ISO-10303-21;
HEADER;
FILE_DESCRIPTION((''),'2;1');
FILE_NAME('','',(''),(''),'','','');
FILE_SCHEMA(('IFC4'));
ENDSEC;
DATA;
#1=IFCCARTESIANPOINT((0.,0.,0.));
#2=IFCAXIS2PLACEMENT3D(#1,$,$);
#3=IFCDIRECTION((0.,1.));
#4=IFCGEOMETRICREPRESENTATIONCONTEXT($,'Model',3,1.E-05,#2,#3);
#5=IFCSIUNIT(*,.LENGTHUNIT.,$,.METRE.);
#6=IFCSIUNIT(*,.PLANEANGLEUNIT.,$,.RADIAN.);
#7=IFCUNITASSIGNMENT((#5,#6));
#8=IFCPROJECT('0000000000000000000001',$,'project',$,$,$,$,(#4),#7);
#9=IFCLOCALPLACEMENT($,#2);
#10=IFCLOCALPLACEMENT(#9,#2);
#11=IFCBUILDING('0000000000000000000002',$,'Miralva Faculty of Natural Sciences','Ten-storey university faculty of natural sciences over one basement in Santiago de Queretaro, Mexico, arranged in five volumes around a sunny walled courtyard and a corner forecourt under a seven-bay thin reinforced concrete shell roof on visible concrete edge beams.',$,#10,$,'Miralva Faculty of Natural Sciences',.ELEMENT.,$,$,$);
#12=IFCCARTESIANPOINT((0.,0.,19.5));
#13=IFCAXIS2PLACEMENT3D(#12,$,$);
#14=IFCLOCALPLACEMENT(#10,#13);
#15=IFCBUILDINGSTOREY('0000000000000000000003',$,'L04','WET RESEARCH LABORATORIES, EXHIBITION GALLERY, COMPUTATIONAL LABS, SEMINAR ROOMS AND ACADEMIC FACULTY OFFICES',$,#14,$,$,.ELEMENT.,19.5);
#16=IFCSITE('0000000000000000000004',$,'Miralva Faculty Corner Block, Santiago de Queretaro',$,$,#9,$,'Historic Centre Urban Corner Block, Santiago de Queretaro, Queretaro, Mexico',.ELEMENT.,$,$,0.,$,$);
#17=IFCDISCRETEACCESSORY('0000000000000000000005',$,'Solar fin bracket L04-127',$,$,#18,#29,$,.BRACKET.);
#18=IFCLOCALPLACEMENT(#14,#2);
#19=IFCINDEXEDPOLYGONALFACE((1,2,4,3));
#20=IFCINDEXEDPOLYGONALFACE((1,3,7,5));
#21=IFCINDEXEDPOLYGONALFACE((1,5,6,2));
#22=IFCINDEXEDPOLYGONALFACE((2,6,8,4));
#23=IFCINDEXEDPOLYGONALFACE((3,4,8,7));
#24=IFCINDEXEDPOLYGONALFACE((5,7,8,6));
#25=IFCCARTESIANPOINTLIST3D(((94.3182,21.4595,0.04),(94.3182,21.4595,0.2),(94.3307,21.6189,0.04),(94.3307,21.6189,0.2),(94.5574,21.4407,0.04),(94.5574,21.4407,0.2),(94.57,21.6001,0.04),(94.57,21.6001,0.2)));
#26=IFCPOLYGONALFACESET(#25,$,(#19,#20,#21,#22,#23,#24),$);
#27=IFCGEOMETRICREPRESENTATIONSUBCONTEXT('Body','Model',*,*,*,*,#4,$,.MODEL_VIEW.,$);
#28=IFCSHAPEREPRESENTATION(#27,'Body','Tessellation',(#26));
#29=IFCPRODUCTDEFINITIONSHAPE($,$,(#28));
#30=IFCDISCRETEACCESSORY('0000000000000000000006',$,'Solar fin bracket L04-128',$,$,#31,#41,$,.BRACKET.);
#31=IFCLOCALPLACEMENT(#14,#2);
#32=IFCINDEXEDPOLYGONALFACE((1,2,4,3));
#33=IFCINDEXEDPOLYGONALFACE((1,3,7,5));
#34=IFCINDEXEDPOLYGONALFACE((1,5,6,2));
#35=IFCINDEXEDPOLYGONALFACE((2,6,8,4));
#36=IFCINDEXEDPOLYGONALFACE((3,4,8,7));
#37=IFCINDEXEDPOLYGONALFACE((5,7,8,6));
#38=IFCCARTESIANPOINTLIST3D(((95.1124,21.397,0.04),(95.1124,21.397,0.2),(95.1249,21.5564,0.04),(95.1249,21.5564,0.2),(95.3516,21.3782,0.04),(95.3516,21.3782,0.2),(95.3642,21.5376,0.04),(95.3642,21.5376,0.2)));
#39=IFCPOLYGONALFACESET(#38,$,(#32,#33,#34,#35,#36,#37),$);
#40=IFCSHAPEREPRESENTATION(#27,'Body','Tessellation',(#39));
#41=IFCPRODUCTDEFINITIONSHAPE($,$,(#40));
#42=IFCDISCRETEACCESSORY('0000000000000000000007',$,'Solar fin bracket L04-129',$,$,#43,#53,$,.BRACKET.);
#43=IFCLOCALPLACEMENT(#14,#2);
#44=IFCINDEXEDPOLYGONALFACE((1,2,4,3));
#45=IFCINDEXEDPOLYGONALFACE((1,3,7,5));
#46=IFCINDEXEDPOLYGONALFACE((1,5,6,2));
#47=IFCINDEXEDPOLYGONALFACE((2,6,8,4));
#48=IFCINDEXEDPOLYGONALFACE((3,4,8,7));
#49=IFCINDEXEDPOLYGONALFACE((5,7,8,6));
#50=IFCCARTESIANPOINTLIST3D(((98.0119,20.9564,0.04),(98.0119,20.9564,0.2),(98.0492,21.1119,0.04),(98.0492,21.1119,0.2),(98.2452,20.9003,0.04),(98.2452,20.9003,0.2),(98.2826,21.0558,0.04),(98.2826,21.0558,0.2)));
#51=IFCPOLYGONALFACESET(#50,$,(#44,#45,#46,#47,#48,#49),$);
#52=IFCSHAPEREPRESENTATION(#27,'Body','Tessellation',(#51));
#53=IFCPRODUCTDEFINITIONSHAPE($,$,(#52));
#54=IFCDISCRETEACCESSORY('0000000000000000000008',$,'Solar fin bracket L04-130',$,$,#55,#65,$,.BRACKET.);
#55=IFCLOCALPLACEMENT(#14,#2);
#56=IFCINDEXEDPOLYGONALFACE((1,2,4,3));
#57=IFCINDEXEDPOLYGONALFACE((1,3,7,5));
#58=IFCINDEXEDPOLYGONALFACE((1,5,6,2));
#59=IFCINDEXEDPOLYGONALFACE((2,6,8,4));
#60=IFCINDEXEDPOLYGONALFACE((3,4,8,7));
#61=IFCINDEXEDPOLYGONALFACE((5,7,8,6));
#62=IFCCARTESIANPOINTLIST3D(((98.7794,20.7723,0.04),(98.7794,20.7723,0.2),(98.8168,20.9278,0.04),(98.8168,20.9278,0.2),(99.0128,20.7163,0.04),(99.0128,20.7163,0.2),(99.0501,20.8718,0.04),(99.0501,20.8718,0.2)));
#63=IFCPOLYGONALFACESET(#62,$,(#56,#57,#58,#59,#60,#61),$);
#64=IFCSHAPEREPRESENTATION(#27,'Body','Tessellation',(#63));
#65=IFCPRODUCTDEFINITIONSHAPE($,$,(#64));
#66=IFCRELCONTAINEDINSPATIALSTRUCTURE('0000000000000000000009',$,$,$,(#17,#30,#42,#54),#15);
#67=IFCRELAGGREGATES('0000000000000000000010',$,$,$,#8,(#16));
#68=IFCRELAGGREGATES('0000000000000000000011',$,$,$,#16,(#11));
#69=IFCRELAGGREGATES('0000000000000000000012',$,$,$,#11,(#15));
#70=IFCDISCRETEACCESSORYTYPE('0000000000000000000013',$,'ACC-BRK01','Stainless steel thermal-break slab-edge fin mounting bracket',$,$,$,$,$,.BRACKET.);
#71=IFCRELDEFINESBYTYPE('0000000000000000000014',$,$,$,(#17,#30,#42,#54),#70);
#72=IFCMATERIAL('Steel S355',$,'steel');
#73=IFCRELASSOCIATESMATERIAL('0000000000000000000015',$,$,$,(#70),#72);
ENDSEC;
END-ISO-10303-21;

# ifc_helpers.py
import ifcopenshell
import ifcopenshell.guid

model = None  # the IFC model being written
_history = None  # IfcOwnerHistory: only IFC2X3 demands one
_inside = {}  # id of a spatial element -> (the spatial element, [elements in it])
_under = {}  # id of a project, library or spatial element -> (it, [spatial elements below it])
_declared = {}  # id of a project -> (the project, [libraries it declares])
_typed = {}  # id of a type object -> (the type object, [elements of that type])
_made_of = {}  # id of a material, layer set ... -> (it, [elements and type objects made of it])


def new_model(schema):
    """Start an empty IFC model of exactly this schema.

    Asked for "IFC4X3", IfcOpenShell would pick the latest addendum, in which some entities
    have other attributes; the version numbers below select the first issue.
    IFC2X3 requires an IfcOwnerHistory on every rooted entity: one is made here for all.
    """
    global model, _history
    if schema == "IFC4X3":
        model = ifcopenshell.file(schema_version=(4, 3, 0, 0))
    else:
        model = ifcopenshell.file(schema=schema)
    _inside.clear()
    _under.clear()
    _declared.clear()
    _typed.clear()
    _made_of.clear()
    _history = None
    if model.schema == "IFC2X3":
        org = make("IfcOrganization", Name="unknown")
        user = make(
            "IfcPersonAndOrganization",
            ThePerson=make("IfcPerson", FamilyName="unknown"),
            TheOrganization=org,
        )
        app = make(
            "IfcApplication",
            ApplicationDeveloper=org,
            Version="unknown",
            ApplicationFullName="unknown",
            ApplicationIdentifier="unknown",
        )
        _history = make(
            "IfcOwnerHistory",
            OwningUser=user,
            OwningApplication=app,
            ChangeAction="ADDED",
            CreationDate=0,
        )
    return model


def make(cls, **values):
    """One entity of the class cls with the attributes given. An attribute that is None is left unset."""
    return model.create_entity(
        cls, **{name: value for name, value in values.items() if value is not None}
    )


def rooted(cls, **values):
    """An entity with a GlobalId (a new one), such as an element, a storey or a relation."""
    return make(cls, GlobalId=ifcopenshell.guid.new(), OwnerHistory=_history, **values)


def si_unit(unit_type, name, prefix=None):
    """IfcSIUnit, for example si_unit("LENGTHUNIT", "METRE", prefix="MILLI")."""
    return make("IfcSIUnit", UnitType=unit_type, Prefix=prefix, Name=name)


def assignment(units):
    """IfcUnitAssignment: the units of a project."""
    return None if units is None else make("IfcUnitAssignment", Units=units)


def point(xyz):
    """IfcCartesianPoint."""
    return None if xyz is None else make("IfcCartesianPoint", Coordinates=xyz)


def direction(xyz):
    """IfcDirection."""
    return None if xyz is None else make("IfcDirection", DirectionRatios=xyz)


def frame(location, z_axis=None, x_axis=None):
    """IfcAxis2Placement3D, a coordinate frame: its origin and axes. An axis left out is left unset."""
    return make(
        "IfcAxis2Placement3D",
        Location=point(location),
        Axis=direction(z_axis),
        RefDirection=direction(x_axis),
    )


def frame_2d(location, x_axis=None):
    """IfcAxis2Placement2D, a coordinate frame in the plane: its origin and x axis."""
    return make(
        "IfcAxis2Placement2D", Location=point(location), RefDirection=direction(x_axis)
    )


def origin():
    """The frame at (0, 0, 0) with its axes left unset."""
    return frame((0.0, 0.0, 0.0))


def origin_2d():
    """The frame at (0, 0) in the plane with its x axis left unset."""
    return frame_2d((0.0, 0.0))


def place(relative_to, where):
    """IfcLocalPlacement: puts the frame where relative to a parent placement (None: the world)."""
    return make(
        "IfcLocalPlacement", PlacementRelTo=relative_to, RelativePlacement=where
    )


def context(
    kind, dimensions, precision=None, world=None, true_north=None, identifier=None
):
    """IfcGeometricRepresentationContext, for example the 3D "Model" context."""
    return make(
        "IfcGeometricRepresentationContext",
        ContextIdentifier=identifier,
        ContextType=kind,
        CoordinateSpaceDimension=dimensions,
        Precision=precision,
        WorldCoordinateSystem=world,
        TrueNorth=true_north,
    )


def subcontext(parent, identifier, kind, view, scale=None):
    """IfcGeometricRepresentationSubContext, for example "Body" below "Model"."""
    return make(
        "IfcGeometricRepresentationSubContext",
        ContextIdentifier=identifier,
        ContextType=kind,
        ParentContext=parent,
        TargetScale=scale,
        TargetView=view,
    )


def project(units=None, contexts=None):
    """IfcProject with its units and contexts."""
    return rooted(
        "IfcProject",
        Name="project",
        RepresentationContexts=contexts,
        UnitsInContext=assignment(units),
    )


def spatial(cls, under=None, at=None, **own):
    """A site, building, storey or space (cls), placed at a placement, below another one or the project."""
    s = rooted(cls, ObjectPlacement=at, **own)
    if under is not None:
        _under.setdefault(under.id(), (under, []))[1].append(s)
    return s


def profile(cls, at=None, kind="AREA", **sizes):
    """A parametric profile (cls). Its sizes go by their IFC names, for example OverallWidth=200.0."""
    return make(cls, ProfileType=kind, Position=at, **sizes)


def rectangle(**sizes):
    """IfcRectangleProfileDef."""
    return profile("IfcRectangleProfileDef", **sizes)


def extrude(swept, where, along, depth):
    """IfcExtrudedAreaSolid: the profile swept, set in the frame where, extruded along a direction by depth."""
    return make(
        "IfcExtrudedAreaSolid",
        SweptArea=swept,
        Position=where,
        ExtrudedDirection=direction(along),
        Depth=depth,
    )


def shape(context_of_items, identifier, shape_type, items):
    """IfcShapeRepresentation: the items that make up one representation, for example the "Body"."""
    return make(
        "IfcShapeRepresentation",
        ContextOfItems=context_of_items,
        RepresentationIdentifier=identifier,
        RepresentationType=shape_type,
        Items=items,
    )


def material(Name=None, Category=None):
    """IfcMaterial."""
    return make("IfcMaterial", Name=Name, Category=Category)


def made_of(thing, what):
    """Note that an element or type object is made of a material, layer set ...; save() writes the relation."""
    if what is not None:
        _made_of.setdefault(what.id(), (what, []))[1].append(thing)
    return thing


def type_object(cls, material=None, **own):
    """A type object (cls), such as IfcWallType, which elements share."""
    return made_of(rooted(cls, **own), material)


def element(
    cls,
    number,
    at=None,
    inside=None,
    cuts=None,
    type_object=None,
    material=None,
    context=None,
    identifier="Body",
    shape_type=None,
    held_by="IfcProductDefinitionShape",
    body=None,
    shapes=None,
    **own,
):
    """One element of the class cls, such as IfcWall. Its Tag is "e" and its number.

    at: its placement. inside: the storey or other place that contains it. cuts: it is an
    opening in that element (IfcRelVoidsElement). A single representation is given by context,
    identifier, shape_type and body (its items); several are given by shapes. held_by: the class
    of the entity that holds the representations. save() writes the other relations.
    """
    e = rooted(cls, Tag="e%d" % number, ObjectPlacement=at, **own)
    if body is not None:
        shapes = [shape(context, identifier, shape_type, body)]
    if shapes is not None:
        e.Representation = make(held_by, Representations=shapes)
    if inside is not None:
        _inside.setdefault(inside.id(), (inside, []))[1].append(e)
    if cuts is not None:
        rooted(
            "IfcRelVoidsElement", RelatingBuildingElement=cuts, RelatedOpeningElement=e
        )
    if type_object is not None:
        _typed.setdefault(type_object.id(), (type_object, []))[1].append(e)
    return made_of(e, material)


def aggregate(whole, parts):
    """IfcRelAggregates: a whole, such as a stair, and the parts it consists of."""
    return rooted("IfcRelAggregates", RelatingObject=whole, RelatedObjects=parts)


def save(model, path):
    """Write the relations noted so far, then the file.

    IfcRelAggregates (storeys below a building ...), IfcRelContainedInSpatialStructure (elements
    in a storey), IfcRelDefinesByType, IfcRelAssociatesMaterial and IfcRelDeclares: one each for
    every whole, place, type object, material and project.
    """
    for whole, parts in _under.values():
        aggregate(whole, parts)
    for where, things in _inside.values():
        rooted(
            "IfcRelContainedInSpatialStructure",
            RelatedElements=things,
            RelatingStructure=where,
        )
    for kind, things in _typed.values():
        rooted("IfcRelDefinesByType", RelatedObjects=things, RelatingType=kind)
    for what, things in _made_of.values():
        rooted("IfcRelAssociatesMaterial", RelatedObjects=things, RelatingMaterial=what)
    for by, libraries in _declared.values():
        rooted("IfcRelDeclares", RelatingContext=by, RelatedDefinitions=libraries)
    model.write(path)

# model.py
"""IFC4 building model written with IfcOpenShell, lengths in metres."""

from ifc_helpers import new_model, si_unit, direction, frame, origin, origin_2d, place, context, subcontext, project, spatial, rectangle, extrude, material, type_object, element, save


model = new_model("IFC4")

# Units and contexts
model_context = context("Model", 3, precision=1e-05, world=origin(), true_north=direction((0.0, 1.0)))
body_context = subcontext(model_context, "Body", "Model", "MODEL_VIEW")
ifc_project = project(units=[si_unit("LENGTHUNIT", "METRE"), si_unit("PLANEANGLEUNIT", "RADIAN")], contexts=[model_context])

# Site, building, storey
site_placement = place(None, origin())
site = spatial("IfcSite", under=ifc_project, at=site_placement, Name="Miralva Faculty Corner Block, Santiago de Queretaro", LongName="Historic Centre Urban Corner Block, Santiago de Queretaro, Queretaro, Mexico", CompositionType="ELEMENT", RefElevation=0.0)
building_placement = place(site_placement, origin())
building = spatial("IfcBuilding", under=site, at=building_placement, Name="Miralva Faculty of Natural Sciences", Description="Ten-storey university faculty of natural sciences over one basement in Santiago de Queretaro, Mexico, arranged in five volumes around a sunny walled courtyard and a corner forecourt under a seven-bay thin reinforced concrete shell roof on visible concrete edge beams.", LongName="Miralva Faculty of Natural Sciences", CompositionType="ELEMENT")
storey_placement = place(building_placement, frame((0.0, 0.0, 19.5)))
storey = spatial("IfcBuildingStorey", under=building, at=storey_placement, Name="L04", Description="WET RESEARCH LABORATORIES, EXHIBITION GALLERY, COMPUTATIONAL LABS, SEMINAR ROOMS AND ACADEMIC FACULTY OFFICES", CompositionType="ELEMENT", Elevation=19.5)

# Discrete accessories
ifc_material_1 = material(Name="Steel S355", Category="steel")
discrete_accessory_type = type_object("IfcDiscreteAccessoryType", Name="ACC-BRK01", Description="Stainless steel thermal-break slab-edge fin mounting bracket", PredefinedType="BRACKET", material=ifc_material_1)
for number, where, z_axis, x_axis, name in (
    (1, (94.4441, 21.5298, 0.04), (0.0, 0.0, 1.0), (-0.078459, -0.996917, 0.0), "Solar fin bracket L04-127"),
    (2, (95.2383, 21.4673, 0.04), (0.0, 0.0, 1.0), (-0.078459, -0.996917, 0.0), "Solar fin bracket L04-128"),
    (3, (98.1472, 21.0061, 0.04), (0.0, 0.0, 1.0), (-0.233445, -0.97237, 0.0), "Solar fin bracket L04-129"),
    (4, (98.9148, 20.822, 0.04), (0.0, 0.0, 1.0), (-0.233445, -0.97237, 0.0), "Solar fin bracket L04-130"),
):
    element("IfcDiscreteAccessory", number, at=place(storey_placement, frame(where, z_axis=z_axis, x_axis=x_axis)), inside=storey, type_object=discrete_accessory_type, Name=name, PredefinedType="BRACKET", context=body_context, shape_type="SweptSolid", body=[
        extrude(rectangle(XDim=0.1599, YDim=0.24, at=origin_2d()), origin(), (0.0, 0.0, 1.0), 0.1599),
    ])

save(model, "model.ifc")
